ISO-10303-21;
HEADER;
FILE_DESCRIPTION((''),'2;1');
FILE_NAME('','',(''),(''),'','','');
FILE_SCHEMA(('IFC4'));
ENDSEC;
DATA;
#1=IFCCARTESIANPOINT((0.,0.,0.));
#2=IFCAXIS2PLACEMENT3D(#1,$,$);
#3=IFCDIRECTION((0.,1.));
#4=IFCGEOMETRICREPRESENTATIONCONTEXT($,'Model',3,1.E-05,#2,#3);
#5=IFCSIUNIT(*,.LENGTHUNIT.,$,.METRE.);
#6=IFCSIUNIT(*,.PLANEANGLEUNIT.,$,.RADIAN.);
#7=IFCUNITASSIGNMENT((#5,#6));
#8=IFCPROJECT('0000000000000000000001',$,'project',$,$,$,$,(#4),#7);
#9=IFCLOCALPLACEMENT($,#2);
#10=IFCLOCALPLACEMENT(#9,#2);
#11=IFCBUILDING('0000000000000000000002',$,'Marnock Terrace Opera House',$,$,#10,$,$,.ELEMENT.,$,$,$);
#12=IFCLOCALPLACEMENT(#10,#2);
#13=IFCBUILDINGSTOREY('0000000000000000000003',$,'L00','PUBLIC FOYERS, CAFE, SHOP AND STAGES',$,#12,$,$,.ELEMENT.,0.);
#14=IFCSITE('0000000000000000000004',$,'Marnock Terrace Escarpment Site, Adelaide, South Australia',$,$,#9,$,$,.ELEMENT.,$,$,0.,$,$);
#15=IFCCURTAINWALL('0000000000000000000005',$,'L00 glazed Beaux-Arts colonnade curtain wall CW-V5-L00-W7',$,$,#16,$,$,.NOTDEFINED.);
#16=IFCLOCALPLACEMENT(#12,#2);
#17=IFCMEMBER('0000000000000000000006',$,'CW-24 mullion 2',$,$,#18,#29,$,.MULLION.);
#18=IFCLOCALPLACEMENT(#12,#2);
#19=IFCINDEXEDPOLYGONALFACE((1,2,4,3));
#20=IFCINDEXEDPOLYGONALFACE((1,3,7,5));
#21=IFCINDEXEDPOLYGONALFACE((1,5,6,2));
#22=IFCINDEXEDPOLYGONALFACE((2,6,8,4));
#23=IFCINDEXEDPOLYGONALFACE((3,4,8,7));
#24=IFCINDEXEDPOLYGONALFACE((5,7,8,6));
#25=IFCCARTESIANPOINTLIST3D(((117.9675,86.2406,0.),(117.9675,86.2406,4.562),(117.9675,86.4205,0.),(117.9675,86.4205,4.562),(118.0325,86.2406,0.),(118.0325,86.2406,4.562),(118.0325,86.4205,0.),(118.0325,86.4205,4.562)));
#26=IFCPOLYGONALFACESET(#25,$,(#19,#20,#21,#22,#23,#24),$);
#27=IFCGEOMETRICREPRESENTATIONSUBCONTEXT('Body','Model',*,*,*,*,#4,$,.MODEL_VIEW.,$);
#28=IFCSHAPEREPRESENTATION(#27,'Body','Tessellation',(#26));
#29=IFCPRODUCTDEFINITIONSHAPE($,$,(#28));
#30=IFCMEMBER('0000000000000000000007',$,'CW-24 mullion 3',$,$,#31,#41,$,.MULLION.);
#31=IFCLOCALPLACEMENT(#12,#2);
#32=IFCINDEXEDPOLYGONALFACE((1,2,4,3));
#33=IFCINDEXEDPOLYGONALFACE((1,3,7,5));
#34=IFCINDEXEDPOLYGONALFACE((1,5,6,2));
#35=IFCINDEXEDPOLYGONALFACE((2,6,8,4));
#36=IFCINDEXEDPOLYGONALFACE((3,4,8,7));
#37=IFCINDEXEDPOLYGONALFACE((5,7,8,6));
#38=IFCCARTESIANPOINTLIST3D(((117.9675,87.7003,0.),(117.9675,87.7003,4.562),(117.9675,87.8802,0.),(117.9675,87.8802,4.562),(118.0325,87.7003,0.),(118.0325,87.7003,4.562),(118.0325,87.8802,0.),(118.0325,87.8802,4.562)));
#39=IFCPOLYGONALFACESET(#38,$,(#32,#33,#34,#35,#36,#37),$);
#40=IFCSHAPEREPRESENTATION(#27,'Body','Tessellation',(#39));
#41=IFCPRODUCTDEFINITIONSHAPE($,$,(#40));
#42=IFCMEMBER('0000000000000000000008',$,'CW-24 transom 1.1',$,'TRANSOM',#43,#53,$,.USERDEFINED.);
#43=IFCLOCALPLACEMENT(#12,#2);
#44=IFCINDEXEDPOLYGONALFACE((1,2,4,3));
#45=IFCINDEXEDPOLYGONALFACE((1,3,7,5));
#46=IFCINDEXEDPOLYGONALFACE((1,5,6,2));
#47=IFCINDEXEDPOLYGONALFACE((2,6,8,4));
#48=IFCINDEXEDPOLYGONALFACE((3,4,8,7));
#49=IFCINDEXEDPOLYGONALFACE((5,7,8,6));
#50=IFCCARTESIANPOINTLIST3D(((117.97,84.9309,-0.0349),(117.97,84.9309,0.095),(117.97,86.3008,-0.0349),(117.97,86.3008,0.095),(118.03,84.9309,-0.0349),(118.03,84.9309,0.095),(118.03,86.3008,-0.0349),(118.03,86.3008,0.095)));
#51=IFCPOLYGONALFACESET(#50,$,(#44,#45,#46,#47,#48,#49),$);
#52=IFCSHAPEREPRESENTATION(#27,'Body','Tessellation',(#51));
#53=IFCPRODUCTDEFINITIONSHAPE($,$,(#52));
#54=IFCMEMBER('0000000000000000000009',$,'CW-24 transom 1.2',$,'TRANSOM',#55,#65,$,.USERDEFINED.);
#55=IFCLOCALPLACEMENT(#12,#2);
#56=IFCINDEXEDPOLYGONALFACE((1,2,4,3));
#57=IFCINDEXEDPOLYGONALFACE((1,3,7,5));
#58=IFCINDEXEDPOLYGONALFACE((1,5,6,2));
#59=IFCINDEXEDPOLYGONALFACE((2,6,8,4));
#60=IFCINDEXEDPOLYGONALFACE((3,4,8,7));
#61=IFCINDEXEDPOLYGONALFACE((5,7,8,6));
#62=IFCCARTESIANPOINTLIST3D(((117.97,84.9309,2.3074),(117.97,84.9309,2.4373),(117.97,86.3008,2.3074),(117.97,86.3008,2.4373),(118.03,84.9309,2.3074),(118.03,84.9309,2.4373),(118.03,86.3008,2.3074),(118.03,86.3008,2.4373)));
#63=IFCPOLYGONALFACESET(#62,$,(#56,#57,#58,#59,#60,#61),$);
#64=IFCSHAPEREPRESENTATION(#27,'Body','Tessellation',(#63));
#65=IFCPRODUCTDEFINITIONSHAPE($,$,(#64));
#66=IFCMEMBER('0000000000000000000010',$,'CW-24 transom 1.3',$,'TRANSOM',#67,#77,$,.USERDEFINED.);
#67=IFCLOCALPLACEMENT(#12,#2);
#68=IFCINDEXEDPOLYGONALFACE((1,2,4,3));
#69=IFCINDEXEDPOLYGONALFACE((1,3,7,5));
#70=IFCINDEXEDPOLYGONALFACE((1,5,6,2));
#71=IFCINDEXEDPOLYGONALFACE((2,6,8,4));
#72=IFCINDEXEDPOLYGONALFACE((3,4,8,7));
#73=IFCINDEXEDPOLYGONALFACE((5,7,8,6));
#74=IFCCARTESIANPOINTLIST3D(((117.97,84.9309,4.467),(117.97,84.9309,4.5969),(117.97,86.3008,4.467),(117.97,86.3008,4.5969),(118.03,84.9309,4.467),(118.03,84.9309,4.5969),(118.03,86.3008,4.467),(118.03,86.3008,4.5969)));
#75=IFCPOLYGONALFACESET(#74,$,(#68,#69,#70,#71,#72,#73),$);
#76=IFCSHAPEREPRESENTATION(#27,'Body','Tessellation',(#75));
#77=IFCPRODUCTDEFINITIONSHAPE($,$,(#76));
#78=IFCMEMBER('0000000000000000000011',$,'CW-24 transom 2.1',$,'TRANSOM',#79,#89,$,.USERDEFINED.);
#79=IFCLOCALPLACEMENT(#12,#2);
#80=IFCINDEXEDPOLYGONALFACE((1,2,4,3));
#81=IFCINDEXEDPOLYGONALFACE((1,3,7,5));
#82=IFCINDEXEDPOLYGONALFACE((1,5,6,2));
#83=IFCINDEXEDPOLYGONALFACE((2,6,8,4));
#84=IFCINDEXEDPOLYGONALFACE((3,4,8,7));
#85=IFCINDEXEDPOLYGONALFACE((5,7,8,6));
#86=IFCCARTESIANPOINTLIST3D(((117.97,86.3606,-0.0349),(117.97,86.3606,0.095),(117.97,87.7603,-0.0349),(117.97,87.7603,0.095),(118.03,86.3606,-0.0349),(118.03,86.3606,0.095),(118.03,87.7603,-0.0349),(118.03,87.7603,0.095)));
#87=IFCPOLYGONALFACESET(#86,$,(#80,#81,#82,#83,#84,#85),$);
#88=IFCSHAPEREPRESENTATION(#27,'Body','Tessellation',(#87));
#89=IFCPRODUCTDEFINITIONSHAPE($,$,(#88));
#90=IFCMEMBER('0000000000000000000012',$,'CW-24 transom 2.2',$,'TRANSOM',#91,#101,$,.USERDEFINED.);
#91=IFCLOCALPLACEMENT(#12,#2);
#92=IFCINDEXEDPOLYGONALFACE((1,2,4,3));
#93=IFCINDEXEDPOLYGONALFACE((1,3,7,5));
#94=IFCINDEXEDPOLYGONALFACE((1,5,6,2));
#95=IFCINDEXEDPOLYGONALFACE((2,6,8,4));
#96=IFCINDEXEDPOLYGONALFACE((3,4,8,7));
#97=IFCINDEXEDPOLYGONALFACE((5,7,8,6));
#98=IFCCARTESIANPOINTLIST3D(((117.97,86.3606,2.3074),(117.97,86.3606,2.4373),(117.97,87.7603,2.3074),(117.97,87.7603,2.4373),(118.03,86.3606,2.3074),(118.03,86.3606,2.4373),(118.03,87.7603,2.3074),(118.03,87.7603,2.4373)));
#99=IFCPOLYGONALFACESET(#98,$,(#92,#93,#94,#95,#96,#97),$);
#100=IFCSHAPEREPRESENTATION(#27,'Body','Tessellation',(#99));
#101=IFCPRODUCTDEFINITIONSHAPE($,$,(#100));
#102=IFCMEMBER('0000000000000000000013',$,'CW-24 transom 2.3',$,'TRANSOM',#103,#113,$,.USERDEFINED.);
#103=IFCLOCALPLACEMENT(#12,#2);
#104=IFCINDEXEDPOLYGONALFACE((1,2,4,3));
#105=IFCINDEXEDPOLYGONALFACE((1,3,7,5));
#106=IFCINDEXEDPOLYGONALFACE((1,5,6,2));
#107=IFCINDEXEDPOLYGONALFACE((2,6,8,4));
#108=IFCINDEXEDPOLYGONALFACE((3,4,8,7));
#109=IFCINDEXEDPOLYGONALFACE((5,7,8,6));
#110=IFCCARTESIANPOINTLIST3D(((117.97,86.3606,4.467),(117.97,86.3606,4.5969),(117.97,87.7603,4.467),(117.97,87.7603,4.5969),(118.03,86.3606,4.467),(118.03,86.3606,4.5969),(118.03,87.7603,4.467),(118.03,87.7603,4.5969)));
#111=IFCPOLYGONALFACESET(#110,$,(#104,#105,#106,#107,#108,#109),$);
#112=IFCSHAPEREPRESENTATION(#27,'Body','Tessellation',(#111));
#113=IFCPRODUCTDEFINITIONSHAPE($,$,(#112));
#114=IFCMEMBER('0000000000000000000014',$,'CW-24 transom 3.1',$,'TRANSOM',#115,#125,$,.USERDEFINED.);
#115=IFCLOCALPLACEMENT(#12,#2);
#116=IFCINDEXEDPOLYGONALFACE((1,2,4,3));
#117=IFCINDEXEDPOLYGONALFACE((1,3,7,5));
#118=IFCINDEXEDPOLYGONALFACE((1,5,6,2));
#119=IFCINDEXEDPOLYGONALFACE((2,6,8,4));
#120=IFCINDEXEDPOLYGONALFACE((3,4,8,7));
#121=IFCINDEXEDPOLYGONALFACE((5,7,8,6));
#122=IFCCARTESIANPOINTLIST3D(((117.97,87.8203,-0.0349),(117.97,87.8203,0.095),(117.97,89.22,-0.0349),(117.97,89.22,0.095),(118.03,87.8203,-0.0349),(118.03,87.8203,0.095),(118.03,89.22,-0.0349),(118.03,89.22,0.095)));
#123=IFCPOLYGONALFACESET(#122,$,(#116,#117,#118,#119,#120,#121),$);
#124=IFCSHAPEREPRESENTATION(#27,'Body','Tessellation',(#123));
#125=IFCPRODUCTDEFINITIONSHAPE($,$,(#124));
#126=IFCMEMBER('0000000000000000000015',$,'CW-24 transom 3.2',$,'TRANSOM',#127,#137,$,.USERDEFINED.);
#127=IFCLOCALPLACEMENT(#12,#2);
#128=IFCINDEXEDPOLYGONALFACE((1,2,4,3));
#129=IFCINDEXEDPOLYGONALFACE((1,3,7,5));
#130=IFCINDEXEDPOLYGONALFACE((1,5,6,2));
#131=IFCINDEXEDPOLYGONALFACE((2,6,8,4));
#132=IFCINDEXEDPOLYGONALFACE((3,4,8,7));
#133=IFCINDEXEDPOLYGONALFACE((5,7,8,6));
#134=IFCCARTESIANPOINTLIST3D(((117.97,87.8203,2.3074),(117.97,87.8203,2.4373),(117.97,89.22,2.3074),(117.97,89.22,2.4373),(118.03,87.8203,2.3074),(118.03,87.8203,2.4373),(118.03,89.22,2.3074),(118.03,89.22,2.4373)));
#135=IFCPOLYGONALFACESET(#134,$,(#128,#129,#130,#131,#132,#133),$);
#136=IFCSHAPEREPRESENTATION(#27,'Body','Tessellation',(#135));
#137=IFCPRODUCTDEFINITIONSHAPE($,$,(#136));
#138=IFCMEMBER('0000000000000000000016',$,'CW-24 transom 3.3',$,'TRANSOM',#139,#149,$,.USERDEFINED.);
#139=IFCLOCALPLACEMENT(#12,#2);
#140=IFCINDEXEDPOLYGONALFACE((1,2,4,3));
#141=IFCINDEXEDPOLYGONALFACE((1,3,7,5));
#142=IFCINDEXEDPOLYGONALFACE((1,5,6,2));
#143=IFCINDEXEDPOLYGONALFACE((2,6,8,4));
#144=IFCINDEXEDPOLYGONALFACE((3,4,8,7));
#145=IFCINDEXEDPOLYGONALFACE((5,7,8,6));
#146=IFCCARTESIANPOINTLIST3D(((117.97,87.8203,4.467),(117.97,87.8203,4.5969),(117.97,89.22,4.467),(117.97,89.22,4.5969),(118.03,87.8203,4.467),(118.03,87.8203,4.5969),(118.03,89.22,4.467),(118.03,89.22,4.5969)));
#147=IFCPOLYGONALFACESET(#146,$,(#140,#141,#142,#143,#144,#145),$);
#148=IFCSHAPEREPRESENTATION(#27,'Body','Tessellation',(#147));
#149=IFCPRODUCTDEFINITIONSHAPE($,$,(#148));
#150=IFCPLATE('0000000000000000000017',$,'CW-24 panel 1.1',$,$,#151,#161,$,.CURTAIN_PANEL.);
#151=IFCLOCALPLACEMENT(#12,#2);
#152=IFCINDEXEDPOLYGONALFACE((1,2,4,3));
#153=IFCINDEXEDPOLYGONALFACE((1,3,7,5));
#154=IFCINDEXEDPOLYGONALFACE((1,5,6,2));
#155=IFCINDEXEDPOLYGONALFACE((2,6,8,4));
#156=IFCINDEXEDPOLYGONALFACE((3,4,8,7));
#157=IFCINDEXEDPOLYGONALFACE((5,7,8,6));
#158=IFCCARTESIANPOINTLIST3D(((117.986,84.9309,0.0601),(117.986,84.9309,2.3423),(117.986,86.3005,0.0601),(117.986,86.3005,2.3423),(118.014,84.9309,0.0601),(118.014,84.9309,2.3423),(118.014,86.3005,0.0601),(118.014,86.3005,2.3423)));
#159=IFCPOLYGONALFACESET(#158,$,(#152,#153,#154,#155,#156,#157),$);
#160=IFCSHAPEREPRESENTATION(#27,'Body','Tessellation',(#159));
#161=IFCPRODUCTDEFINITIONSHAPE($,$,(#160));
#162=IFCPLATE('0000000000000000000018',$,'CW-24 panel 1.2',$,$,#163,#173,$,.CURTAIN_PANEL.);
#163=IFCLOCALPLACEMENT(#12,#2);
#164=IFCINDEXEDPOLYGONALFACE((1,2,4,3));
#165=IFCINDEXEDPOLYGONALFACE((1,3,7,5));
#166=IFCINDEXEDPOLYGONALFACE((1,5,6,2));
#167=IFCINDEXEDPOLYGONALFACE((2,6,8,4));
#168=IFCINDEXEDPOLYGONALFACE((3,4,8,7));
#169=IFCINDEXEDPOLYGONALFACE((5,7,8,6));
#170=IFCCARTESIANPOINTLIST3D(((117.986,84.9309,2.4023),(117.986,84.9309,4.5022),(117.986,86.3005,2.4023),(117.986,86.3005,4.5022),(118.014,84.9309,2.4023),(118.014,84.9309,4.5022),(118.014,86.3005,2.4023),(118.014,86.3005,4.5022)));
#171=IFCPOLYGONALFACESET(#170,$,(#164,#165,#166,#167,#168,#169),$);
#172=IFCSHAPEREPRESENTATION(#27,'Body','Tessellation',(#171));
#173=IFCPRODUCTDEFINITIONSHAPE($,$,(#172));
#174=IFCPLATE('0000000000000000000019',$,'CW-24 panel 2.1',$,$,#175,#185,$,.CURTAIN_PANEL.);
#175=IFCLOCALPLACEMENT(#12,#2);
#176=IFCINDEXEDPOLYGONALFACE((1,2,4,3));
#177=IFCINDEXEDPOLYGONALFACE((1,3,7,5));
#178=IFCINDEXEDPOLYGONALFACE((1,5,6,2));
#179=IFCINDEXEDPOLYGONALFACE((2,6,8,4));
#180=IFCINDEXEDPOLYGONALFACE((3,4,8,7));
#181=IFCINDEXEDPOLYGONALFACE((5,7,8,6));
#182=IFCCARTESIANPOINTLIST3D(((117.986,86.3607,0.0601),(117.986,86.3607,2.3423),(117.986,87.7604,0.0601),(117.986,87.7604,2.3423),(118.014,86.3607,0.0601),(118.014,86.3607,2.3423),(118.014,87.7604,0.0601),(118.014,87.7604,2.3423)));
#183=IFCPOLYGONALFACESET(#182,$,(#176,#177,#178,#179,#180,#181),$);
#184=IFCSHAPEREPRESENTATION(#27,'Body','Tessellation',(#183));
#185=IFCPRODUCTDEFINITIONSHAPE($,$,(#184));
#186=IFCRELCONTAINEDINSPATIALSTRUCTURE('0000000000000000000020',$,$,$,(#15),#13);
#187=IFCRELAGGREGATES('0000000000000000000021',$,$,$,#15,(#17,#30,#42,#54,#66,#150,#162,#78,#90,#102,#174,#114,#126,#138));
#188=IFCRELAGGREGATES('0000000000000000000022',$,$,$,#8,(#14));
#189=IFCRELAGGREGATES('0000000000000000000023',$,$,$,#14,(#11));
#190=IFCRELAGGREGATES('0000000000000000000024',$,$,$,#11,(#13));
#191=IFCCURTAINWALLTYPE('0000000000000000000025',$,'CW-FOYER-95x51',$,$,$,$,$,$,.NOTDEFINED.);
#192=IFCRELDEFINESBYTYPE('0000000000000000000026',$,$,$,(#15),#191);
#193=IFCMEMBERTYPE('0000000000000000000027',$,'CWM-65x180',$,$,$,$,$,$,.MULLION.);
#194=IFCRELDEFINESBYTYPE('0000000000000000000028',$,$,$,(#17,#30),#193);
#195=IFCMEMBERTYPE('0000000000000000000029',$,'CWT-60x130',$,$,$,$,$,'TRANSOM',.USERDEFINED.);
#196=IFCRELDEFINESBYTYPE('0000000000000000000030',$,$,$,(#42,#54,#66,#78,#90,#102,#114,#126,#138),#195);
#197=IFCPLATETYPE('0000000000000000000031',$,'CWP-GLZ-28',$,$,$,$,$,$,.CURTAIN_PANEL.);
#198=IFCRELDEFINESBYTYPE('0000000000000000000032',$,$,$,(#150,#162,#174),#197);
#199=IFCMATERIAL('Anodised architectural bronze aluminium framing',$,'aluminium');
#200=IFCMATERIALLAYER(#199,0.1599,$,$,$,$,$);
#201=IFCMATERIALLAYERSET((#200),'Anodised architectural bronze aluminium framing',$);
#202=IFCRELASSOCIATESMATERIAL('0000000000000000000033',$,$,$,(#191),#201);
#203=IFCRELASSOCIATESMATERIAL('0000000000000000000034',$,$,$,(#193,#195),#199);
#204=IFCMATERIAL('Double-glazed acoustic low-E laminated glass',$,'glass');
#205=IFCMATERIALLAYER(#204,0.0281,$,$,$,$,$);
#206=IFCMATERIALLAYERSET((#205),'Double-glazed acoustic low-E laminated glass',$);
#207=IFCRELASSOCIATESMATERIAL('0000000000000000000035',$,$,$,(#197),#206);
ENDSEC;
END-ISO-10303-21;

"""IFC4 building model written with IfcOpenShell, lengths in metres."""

from ifc_helpers import new_model, si_unit, direction, frame, origin, origin_2d, place, context, subcontext, project, spatial, rectangle, extrude, material, layer, layer_set, material_profile, profile_set, type_object, element, aggregate, save


model = new_model("IFC4")

# Units and contexts
model_context = context("Model", 3, precision=1e-05, world=origin(), true_north=direction((0.0, 1.0)))
body_context = subcontext(model_context, "Body", "Model", "MODEL_VIEW")
ifc_project = project(units=[si_unit("LENGTHUNIT", "METRE"), si_unit("PLANEANGLEUNIT", "RADIAN")], contexts=[model_context])

# Site, building, storey
site_placement = place(None, origin())
site = spatial("IfcSite", under=ifc_project, at=site_placement, Name="Marnock Terrace Escarpment Site, Adelaide, South Australia", CompositionType="ELEMENT", RefElevation=0.0)
building_placement = place(site_placement, origin())
building = spatial("IfcBuilding", under=site, at=building_placement, Name="Marnock Terrace Opera House", CompositionType="ELEMENT")
storey_placement = place(building_placement, origin())
storey = spatial("IfcBuildingStorey", under=building, at=storey_placement, Name="L00", Description="PUBLIC FOYERS, CAFE, SHOP AND STAGES", CompositionType="ELEMENT", Elevation=0.0)

# Curtain wall, members, plates
ifc_material_1 = material(Name="Anodised architectural bronze aluminium framing", Category="aluminium")
ifc_layer_1 = layer(ifc_material_1, 0.1599)
ifc_layer_set_1 = layer_set([ifc_layer_1], Name="Anodised architectural bronze aluminium framing")
curtain_wall_type = type_object("IfcCurtainWallType", Name="CW-FOYER-95x51", PredefinedType="NOTDEFINED", material=ifc_layer_set_1)
curtain_wall_placement = place(storey_placement, origin())
curtain_wall = element("IfcCurtainWall", 1, at=curtain_wall_placement, inside=storey, type_object=curtain_wall_type, Name="L00 glazed Beaux-Arts colonnade curtain wall CW-V5-L00-W7", PredefinedType="NOTDEFINED")
ifc_material_profile_1 = material_profile(ifc_material_1, rectangle(XDim=0.0649, YDim=0.1799, at=origin_2d()))
ifc_profile_set_1 = profile_set([ifc_material_profile_1], Name="Anodised architectural bronze aluminium framing")
member_type_1 = type_object("IfcMemberType", Name="CWM-65x180", PredefinedType="MULLION", material=ifc_profile_set_1)
member_1_placement = place(storey_placement, frame((118.0, 86.3306, 0.0), z_axis=(0.0, 0.0, 1.0), x_axis=(-1.0, 0.0, 0.0)))
member_1 = element("IfcMember", 2, at=member_1_placement, type_object=member_type_1, Name="CW-24 mullion 2", PredefinedType="MULLION", context=body_context, shape_type="SweptSolid", body=[
    extrude(rectangle(XDim=0.0649, YDim=0.1799, at=origin_2d()), origin(), (0.0, 0.0, 1.0), 4.562),
])
member_2_placement = place(storey_placement, frame((118.0, 87.7903, 0.0), z_axis=(0.0, 0.0, 1.0), x_axis=(-1.0, 0.0, 0.0)))
member_2 = element("IfcMember", 3, at=member_2_placement, type_object=member_type_1, Name="CW-24 mullion 3", PredefinedType="MULLION", context=body_context, shape_type="SweptSolid", body=[
    extrude(rectangle(XDim=0.0649, YDim=0.1799, at=origin_2d()), origin(), (0.0, 0.0, 1.0), 4.562),
])
ifc_material_profile_2 = material_profile(ifc_material_1, rectangle(XDim=0.0601, YDim=0.1299, at=origin_2d()))
ifc_profile_set_2 = profile_set([ifc_material_profile_2], Name="Anodised architectural bronze aluminium framing")
member_type_2 = type_object("IfcMemberType", Name="CWT-60x130", ElementType="TRANSOM", PredefinedType="USERDEFINED", material=ifc_profile_set_2)
member_3_placement = place(storey_placement, frame((118.0, 84.9309, 0.03), z_axis=(0.0, 1.0, 0.0), x_axis=(-1.0, 0.0, 0.0)))
member_3 = element("IfcMember", 4, at=member_3_placement, type_object=member_type_2, Name="CW-24 transom 1.1", ObjectType="TRANSOM", PredefinedType="USERDEFINED", context=body_context, shape_type="SweptSolid", body=[
    extrude(rectangle(XDim=0.0601, YDim=0.1299, at=origin_2d()), origin(), (0.0, 0.0, 1.0), 1.3699),
])
member_4_placement = place(storey_placement, frame((118.0, 84.9309, 2.3723), z_axis=(0.0, 1.0, 0.0), x_axis=(-1.0, 0.0, 0.0)))
member_4 = element("IfcMember", 5, at=member_4_placement, type_object=member_type_2, Name="CW-24 transom 1.2", ObjectType="TRANSOM", PredefinedType="USERDEFINED", context=body_context, shape_type="SweptSolid", body=[
    extrude(rectangle(XDim=0.0601, YDim=0.1299, at=origin_2d()), origin(), (0.0, 0.0, 1.0), 1.3699),
])
member_5_placement = place(storey_placement, frame((118.0, 84.9309, 4.532), z_axis=(0.0, 1.0, 0.0), x_axis=(-1.0, 0.0, 0.0)))
member_5 = element("IfcMember", 6, at=member_5_placement, type_object=member_type_2, Name="CW-24 transom 1.3", ObjectType="TRANSOM", PredefinedType="USERDEFINED", context=body_context, shape_type="SweptSolid", body=[
    extrude(rectangle(XDim=0.0601, YDim=0.1299, at=origin_2d()), origin(), (0.0, 0.0, 1.0), 1.3699),
])
member_6_placement = place(storey_placement, frame((118.0, 86.3606, 0.03), z_axis=(0.0, 1.0, 0.0), x_axis=(-1.0, 0.0, 0.0)))
member_6 = element("IfcMember", 7, at=member_6_placement, type_object=member_type_2, Name="CW-24 transom 2.1", ObjectType="TRANSOM", PredefinedType="USERDEFINED", context=body_context, shape_type="SweptSolid", body=[
    extrude(rectangle(XDim=0.0601, YDim=0.1299, at=origin_2d()), origin(), (0.0, 0.0, 1.0), 1.3997),
])
member_7_placement = place(storey_placement, frame((118.0, 86.3606, 2.3723), z_axis=(0.0, 1.0, 0.0), x_axis=(-1.0, 0.0, 0.0)))
member_7 = element("IfcMember", 8, at=member_7_placement, type_object=member_type_2, Name="CW-24 transom 2.2", ObjectType="TRANSOM", PredefinedType="USERDEFINED", context=body_context, shape_type="SweptSolid", body=[
    extrude(rectangle(XDim=0.0601, YDim=0.1299, at=origin_2d()), origin(), (0.0, 0.0, 1.0), 1.3997),
])
member_8_placement = place(storey_placement, frame((118.0, 86.3606, 4.532), z_axis=(0.0, 1.0, 0.0), x_axis=(-1.0, 0.0, 0.0)))
member_8 = element("IfcMember", 9, at=member_8_placement, type_object=member_type_2, Name="CW-24 transom 2.3", ObjectType="TRANSOM", PredefinedType="USERDEFINED", context=body_context, shape_type="SweptSolid", body=[
    extrude(rectangle(XDim=0.0601, YDim=0.1299, at=origin_2d()), origin(), (0.0, 0.0, 1.0), 1.3997),
])
member_9_placement = place(storey_placement, frame((118.0, 87.8203, 0.03), z_axis=(0.0, 1.0, 0.0), x_axis=(-1.0, 0.0, 0.0)))
member_9 = element("IfcMember", 10, at=member_9_placement, type_object=member_type_2, Name="CW-24 transom 3.1", ObjectType="TRANSOM", PredefinedType="USERDEFINED", context=body_context, shape_type="SweptSolid", body=[
    extrude(rectangle(XDim=0.0601, YDim=0.1299, at=origin_2d()), origin(), (0.0, 0.0, 1.0), 1.3997),
])
member_10_placement = place(storey_placement, frame((118.0, 87.8203, 2.3723), z_axis=(0.0, 1.0, 0.0), x_axis=(-1.0, 0.0, 0.0)))
member_10 = element("IfcMember", 11, at=member_10_placement, type_object=member_type_2, Name="CW-24 transom 3.2", ObjectType="TRANSOM", PredefinedType="USERDEFINED", context=body_context, shape_type="SweptSolid", body=[
    extrude(rectangle(XDim=0.0601, YDim=0.1299, at=origin_2d()), origin(), (0.0, 0.0, 1.0), 1.3997),
])
member_11_placement = place(storey_placement, frame((118.0, 87.8203, 4.532), z_axis=(0.0, 1.0, 0.0), x_axis=(-1.0, 0.0, 0.0)))
member_11 = element("IfcMember", 12, at=member_11_placement, type_object=member_type_2, Name="CW-24 transom 3.3", ObjectType="TRANSOM", PredefinedType="USERDEFINED", context=body_context, shape_type="SweptSolid", body=[
    extrude(rectangle(XDim=0.0601, YDim=0.1299, at=origin_2d()), origin(), (0.0, 0.0, 1.0), 1.3997),
])
ifc_material_2 = material(Name="Double-glazed acoustic low-E laminated glass", Category="glass")
ifc_layer_2 = layer(ifc_material_2, 0.0281)
ifc_layer_set_2 = layer_set([ifc_layer_2], Name="Double-glazed acoustic low-E laminated glass")
plate_type = type_object("IfcPlateType", Name="CWP-GLZ-28", PredefinedType="CURTAIN_PANEL", material=ifc_layer_set_2)
plate_1_placement = place(storey_placement, frame((118.0, 85.6157, 0.0601), z_axis=(0.0, 0.0, 1.0), x_axis=(0.0, 1.0, 0.0)))
plate_1 = element("IfcPlate", 13, at=plate_1_placement, type_object=plate_type, Name="CW-24 panel 1.1", PredefinedType="CURTAIN_PANEL", context=body_context, shape_type="SweptSolid", body=[
    extrude(rectangle(XDim=1.3696, YDim=0.0281, at=origin_2d()), origin(), (0.0, 0.0, 1.0), 2.2822),
])
plate_2_placement = place(storey_placement, frame((118.0, 85.6157, 2.4023), z_axis=(0.0, 0.0, 1.0), x_axis=(0.0, 1.0, 0.0)))
plate_2 = element("IfcPlate", 14, at=plate_2_placement, type_object=plate_type, Name="CW-24 panel 1.2", PredefinedType="CURTAIN_PANEL", context=body_context, shape_type="SweptSolid", body=[
    extrude(rectangle(XDim=1.3696, YDim=0.0281, at=origin_2d()), origin(), (0.0, 0.0, 1.0), 2.0999),
])
plate_3_placement = place(storey_placement, frame((118.0, 87.0605, 0.0601), z_axis=(0.0, 0.0, 1.0), x_axis=(0.0, 1.0, 0.0)))
plate_3 = element("IfcPlate", 15, at=plate_3_placement, type_object=plate_type, Name="CW-24 panel 2.1", PredefinedType="CURTAIN_PANEL", context=body_context, shape_type="SweptSolid", body=[
    extrude(rectangle(XDim=1.3997, YDim=0.0281, at=origin_2d()), origin(), (0.0, 0.0, 1.0), 2.2822),
])
aggregate(curtain_wall, [member_1, member_2, member_3, member_4, member_5, plate_1, plate_2, member_6, member_7, member_8, plate_3, member_9, member_10, member_11])

save(model, "model.ifc")
